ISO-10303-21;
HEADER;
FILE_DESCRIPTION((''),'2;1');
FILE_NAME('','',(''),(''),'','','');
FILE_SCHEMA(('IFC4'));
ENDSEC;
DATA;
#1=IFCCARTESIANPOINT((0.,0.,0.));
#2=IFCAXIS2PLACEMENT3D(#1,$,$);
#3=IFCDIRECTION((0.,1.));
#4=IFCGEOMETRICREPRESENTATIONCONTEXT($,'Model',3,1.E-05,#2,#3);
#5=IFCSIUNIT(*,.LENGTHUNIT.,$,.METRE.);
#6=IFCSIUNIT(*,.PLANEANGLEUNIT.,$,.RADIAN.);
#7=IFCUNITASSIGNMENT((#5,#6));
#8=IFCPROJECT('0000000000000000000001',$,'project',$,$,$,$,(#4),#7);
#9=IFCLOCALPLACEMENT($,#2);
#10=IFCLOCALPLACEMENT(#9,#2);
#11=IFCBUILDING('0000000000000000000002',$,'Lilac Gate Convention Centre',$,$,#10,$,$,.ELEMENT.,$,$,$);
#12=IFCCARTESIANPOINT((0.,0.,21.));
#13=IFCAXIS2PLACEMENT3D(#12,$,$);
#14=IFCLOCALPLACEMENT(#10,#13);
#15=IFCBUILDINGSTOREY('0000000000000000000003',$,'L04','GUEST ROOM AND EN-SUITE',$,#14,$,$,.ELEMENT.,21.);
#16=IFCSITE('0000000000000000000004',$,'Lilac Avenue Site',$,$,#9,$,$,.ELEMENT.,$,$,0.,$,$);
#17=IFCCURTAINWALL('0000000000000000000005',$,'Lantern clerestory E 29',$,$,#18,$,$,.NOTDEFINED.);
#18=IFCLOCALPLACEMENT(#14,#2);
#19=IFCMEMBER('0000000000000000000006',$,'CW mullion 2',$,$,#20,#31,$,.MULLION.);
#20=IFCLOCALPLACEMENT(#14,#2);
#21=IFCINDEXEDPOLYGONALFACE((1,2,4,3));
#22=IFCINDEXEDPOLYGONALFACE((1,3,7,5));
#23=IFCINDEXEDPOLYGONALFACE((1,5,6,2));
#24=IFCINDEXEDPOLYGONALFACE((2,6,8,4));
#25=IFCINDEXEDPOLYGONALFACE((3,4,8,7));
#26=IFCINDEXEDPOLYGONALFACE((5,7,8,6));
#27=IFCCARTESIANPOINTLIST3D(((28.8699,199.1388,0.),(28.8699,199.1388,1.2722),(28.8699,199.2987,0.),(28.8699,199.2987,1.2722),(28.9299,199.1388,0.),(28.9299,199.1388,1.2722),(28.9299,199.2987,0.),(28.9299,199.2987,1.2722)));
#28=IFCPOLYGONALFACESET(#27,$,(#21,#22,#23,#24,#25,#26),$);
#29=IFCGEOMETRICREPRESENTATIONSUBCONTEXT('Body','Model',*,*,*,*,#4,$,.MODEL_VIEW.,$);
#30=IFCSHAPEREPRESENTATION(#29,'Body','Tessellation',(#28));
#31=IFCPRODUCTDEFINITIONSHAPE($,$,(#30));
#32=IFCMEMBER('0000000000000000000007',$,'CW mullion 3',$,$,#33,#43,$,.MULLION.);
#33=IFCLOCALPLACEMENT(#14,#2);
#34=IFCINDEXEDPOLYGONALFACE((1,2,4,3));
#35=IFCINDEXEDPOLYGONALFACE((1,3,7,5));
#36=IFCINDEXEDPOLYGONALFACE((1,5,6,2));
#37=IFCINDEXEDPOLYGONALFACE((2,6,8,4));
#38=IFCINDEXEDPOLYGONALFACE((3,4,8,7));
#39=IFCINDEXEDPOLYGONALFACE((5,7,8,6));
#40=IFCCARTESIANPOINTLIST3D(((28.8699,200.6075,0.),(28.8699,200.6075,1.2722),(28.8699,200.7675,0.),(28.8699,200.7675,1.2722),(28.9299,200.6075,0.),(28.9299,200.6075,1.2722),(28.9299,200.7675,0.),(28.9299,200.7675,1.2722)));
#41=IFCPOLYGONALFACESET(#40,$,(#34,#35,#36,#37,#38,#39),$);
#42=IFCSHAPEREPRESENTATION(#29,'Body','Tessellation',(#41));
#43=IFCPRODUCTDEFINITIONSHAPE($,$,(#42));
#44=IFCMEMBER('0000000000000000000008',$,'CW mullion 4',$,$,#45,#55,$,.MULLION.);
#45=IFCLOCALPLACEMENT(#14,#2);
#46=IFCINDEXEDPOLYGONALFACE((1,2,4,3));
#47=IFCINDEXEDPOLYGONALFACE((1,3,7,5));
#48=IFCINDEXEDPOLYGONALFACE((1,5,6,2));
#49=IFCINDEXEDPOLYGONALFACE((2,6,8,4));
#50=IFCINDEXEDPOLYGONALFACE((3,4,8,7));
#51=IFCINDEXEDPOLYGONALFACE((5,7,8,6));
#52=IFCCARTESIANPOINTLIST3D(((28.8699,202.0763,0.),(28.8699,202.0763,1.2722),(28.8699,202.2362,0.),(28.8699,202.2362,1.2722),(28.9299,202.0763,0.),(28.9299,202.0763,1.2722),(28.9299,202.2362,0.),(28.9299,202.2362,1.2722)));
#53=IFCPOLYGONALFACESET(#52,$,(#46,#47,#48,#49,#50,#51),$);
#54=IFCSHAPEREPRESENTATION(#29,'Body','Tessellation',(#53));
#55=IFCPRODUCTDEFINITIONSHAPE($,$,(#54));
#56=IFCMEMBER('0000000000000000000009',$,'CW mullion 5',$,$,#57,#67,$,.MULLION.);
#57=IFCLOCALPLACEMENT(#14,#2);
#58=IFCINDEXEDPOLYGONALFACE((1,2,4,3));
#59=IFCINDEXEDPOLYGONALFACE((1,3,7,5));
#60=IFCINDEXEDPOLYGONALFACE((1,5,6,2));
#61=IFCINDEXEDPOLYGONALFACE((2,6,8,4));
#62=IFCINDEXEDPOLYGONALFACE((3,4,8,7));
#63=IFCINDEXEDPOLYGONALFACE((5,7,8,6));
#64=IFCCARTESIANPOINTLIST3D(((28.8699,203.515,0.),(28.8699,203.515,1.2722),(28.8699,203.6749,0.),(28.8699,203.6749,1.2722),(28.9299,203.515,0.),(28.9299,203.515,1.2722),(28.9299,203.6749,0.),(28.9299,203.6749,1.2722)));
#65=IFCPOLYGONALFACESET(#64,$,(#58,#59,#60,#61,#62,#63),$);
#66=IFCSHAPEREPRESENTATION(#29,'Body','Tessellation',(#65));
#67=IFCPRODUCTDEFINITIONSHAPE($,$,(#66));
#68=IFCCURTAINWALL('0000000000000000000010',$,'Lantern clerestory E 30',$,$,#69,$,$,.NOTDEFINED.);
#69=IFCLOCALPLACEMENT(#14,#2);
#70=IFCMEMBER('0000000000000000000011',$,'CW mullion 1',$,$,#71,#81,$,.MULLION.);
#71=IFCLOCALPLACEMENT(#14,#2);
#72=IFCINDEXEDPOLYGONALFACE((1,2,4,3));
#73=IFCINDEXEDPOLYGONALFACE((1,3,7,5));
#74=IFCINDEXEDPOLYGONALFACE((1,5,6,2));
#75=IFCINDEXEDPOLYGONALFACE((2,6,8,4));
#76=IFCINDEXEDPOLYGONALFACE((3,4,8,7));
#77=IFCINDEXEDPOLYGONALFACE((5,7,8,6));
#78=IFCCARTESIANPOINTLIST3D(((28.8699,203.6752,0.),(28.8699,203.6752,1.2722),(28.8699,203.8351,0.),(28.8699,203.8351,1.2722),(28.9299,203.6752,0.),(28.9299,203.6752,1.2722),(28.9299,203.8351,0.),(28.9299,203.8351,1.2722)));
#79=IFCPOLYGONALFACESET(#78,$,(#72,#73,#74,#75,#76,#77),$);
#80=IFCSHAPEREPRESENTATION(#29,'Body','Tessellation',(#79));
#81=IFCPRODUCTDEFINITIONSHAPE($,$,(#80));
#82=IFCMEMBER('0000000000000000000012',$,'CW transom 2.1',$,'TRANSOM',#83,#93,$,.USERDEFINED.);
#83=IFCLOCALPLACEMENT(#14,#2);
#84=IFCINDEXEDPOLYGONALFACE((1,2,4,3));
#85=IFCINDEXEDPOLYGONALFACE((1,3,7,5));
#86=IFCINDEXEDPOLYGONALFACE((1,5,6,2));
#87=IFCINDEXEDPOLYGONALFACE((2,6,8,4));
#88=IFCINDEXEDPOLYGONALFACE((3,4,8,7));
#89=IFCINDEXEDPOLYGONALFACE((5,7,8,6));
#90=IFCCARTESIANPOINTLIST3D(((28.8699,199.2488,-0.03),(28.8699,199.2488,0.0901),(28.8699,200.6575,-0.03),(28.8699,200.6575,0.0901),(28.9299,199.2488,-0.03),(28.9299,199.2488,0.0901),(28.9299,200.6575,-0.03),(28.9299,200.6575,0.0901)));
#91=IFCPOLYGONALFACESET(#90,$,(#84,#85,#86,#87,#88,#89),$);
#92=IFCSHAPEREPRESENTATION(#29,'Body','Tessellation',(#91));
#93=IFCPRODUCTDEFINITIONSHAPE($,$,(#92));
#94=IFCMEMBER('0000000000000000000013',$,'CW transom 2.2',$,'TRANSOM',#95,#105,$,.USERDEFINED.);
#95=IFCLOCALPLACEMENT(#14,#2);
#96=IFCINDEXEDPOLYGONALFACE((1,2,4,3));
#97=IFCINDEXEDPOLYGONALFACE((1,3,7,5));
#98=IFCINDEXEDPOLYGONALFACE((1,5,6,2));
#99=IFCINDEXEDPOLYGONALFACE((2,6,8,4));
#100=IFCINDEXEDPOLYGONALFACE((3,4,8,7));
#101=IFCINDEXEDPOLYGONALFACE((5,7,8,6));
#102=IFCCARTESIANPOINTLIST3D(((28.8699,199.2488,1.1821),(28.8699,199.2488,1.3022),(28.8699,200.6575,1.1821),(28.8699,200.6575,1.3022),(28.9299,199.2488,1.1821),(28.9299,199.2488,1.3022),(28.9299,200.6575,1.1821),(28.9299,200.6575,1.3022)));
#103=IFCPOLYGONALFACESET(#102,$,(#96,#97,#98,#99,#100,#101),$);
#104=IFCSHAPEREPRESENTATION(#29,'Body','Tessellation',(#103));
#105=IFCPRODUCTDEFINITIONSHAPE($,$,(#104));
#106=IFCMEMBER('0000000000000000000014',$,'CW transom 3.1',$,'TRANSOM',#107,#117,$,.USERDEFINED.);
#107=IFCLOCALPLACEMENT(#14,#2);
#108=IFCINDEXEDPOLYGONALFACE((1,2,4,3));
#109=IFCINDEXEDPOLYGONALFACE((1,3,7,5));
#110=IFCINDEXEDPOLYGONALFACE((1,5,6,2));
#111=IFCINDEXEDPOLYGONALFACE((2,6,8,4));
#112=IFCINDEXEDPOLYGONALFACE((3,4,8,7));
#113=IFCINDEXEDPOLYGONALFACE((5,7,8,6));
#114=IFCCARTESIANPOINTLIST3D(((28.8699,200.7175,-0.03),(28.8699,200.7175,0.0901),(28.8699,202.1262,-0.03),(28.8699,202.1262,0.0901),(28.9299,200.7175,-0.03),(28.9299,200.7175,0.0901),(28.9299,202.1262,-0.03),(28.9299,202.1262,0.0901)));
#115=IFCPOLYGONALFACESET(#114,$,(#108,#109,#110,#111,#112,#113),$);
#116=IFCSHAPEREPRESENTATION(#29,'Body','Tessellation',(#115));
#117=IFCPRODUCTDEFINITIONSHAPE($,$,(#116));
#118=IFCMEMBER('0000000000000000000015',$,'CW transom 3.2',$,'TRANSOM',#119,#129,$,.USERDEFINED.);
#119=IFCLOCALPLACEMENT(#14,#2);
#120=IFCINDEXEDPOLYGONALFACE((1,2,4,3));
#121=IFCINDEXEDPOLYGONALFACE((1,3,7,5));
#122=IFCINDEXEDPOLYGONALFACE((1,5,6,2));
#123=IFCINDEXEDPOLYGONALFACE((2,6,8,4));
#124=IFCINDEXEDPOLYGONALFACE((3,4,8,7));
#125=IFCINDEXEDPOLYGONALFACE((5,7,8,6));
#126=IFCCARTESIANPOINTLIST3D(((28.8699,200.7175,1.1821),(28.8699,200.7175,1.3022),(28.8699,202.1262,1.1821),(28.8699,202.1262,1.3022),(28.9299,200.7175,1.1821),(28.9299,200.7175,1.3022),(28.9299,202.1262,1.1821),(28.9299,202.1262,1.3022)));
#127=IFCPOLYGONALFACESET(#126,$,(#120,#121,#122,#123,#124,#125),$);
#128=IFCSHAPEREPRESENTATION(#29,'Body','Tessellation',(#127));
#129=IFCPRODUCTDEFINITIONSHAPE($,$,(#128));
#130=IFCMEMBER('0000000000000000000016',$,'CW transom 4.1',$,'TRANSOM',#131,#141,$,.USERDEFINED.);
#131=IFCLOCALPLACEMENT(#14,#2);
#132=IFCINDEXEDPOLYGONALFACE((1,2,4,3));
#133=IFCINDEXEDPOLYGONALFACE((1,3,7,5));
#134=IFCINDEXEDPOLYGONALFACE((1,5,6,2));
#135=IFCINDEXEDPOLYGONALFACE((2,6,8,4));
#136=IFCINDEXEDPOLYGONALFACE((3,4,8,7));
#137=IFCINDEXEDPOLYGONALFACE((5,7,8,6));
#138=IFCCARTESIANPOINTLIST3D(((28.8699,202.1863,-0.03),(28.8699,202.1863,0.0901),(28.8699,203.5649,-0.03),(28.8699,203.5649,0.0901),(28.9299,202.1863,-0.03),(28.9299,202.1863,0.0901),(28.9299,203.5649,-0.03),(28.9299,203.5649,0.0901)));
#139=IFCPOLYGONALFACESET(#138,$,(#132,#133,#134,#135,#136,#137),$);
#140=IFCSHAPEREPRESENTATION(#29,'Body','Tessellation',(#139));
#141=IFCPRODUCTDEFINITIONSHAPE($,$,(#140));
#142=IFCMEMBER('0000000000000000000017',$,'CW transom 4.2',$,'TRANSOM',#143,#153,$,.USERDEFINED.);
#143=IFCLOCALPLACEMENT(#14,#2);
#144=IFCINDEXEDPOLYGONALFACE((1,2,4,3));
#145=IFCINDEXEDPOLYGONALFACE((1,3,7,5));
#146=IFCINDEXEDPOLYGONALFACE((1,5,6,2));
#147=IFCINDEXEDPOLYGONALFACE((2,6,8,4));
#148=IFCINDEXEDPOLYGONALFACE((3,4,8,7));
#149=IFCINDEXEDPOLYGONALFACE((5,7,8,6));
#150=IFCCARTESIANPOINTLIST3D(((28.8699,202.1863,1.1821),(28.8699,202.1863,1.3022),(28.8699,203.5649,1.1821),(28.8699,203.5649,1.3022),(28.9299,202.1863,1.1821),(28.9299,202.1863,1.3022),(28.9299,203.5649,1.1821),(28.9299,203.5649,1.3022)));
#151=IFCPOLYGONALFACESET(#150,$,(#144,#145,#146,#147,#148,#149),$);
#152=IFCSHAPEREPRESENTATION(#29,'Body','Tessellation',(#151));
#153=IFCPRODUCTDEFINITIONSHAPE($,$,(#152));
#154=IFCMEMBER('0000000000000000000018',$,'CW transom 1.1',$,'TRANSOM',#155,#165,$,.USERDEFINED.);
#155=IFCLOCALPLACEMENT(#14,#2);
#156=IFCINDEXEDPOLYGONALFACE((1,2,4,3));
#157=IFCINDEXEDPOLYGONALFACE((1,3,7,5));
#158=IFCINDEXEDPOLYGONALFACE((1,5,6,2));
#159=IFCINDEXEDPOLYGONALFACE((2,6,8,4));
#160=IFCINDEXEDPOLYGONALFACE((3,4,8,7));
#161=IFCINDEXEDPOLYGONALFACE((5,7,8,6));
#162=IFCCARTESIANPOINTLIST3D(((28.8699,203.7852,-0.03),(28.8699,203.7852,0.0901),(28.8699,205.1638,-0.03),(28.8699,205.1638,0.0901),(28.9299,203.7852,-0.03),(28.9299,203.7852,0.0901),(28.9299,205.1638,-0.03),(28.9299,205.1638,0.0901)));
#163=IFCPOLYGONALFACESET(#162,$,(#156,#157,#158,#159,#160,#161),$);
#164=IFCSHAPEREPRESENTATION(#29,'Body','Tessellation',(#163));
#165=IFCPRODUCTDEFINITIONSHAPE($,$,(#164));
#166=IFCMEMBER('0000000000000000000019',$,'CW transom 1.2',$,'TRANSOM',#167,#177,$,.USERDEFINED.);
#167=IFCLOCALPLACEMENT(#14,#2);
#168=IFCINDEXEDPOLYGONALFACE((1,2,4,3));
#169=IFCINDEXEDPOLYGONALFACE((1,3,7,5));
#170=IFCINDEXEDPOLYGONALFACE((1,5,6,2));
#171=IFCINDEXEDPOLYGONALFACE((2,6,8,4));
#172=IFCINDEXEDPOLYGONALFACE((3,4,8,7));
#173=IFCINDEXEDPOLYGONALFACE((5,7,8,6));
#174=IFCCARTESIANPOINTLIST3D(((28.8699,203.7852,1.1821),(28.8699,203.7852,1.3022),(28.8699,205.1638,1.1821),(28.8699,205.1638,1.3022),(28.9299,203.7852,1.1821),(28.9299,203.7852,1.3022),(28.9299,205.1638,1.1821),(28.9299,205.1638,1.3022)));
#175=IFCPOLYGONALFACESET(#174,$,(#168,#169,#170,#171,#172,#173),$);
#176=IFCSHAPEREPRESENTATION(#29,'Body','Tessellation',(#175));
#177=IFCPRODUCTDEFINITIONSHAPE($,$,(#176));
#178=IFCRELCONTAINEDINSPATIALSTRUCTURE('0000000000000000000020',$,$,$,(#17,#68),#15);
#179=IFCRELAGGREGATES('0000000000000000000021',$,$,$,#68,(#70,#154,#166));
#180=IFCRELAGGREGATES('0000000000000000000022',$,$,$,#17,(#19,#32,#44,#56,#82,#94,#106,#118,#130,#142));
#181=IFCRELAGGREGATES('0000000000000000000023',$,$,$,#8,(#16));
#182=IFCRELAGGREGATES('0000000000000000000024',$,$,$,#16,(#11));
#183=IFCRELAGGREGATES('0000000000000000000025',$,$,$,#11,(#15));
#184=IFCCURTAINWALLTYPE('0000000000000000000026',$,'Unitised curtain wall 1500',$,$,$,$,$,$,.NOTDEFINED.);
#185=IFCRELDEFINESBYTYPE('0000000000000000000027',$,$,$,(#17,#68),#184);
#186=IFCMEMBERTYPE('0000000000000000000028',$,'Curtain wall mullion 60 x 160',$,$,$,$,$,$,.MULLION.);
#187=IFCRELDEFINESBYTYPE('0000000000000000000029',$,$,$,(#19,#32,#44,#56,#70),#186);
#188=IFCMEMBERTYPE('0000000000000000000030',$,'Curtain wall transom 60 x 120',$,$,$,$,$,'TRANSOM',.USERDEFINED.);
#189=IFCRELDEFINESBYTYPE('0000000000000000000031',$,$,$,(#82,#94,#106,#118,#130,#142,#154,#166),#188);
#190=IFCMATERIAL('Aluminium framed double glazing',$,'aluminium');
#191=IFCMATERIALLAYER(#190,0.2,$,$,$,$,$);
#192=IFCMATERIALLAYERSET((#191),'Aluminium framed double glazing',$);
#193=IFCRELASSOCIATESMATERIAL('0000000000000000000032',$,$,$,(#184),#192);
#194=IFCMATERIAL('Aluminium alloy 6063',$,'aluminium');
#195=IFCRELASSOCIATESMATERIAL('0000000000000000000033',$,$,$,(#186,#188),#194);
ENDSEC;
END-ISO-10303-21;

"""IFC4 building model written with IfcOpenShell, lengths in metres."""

from ifc_helpers import new_model, si_unit, direction, frame, origin, origin_2d, place, context, subcontext, project, spatial, rectangle, extrude, material, layer, layer_set, material_profile, profile_set, type_object, element, aggregate, save


model = new_model("IFC4")

# Units and contexts
model_context = context("Model", 3, precision=1e-05, world=origin(), true_north=direction((0.0, 1.0)))
body_context = subcontext(model_context, "Body", "Model", "MODEL_VIEW")
ifc_project = project(units=[si_unit("LENGTHUNIT", "METRE"), si_unit("PLANEANGLEUNIT", "RADIAN")], contexts=[model_context])

# Site, building, storey
site_placement = place(None, origin())
site = spatial("IfcSite", under=ifc_project, at=site_placement, Name="Lilac Avenue Site", CompositionType="ELEMENT", RefElevation=0.0)
building_placement = place(site_placement, origin())
building = spatial("IfcBuilding", under=site, at=building_placement, Name="Lilac Gate Convention Centre", CompositionType="ELEMENT")
storey_placement = place(building_placement, frame((0.0, 0.0, 21.0)))
storey = spatial("IfcBuildingStorey", under=building, at=storey_placement, Name="L04", Description="GUEST ROOM AND EN-SUITE", CompositionType="ELEMENT", Elevation=21.0)

# Curtain wall, members
ifc_material_1 = material(Name="Aluminium framed double glazing", Category="aluminium")
ifc_layer_1 = layer(ifc_material_1, 0.2)
ifc_layer_set_1 = layer_set([ifc_layer_1], Name="Aluminium framed double glazing")
curtain_wall_type = type_object("IfcCurtainWallType", Name="Unitised curtain wall 1500", PredefinedType="NOTDEFINED", material=ifc_layer_set_1)
curtain_wall_1_placement = place(storey_placement, origin())
curtain_wall_1 = element("IfcCurtainWall", 1, at=curtain_wall_1_placement, inside=storey, type_object=curtain_wall_type, Name="Lantern clerestory E 29", PredefinedType="NOTDEFINED")
ifc_material_2 = material(Name="Aluminium alloy 6063", Category="aluminium")
ifc_material_profile_1 = material_profile(ifc_material_2, rectangle(XDim=0.0601, YDim=0.1599, at=origin_2d()), Name="Curtain wall mullion 60 x 160")
ifc_profile_set_1 = profile_set([ifc_material_profile_1], Name="Aluminium alloy 6063")
member_type_1 = type_object("IfcMemberType", Name="Curtain wall mullion 60 x 160", PredefinedType="MULLION", material=ifc_profile_set_1)
member_1_placement = place(storey_placement, frame((28.8999, 199.2188, 0.0), z_axis=(0.0, 0.0, 1.0), x_axis=(-1.0, 0.0, 0.0)))
member_1 = element("IfcMember", 2, at=member_1_placement, type_object=member_type_1, Name="CW mullion 2", PredefinedType="MULLION", context=body_context, shape_type="SweptSolid", body=[
    extrude(rectangle(XDim=0.0601, YDim=0.1599, at=origin_2d()), origin(), (0.0, 0.0, 1.0), 1.2722),
])
member_2_placement = place(storey_placement, frame((28.8999, 200.6875, 0.0), z_axis=(0.0, 0.0, 1.0), x_axis=(-1.0, 0.0, 0.0)))
member_2 = element("IfcMember", 3, at=member_2_placement, type_object=member_type_1, Name="CW mullion 3", PredefinedType="MULLION", context=body_context, shape_type="SweptSolid", body=[
    extrude(rectangle(XDim=0.0601, YDim=0.1599, at=origin_2d()), origin(), (0.0, 0.0, 1.0), 1.2722),
])
member_3_placement = place(storey_placement, frame((28.8999, 202.1562, 0.0), z_axis=(0.0, 0.0, 1.0), x_axis=(-1.0, 0.0, 0.0)))
member_3 = element("IfcMember", 4, at=member_3_placement, type_object=member_type_1, Name="CW mullion 4", PredefinedType="MULLION", context=body_context, shape_type="SweptSolid", body=[
    extrude(rectangle(XDim=0.0601, YDim=0.1599, at=origin_2d()), origin(), (0.0, 0.0, 1.0), 1.2722),
])
member_4_placement = place(storey_placement, frame((28.8999, 203.595, 0.0), z_axis=(0.0, 0.0, 1.0), x_axis=(-1.0, 0.0, 0.0)))
member_4 = element("IfcMember", 5, at=member_4_placement, type_object=member_type_1, Name="CW mullion 5", PredefinedType="MULLION", context=body_context, shape_type="SweptSolid", body=[
    extrude(rectangle(XDim=0.0601, YDim=0.1599, at=origin_2d()), origin(), (0.0, 0.0, 1.0), 1.2722),
])

# Curtain wall, member
curtain_wall_2_placement = place(storey_placement, origin())
curtain_wall_2 = element("IfcCurtainWall", 6, at=curtain_wall_2_placement, inside=storey, type_object=curtain_wall_type, Name="Lantern clerestory E 30", PredefinedType="NOTDEFINED")
member_5_placement = place(storey_placement, frame((28.8999, 203.7551, 0.0), z_axis=(0.0, 0.0, 1.0), x_axis=(-1.0, 0.0, 0.0)))
member_5 = element("IfcMember", 7, at=member_5_placement, type_object=member_type_1, Name="CW mullion 1", PredefinedType="MULLION", context=body_context, shape_type="SweptSolid", body=[
    extrude(rectangle(XDim=0.0601, YDim=0.1599, at=origin_2d()), origin(), (0.0, 0.0, 1.0), 1.2722),
])

# Members
ifc_material_profile_2 = material_profile(ifc_material_2, rectangle(XDim=0.0601, YDim=0.1201, at=origin_2d()), Name="Curtain wall transom 60 x 120")
ifc_profile_set_2 = profile_set([ifc_material_profile_2], Name="Aluminium alloy 6063")
member_type_2 = type_object("IfcMemberType", Name="Curtain wall transom 60 x 120", ElementType="TRANSOM", PredefinedType="USERDEFINED", material=ifc_profile_set_2)
member_6_placement = place(storey_placement, frame((28.8999, 199.2488, 0.03), z_axis=(0.0, 1.0, 0.0), x_axis=(-1.0, 0.0, 0.0)))
member_6 = element("IfcMember", 8, at=member_6_placement, type_object=member_type_2, Name="CW transom 2.1", ObjectType="TRANSOM", PredefinedType="USERDEFINED", context=body_context, shape_type="SweptSolid", body=[
    extrude(rectangle(XDim=0.0601, YDim=0.1201, at=origin_2d()), origin(), (0.0, 0.0, 1.0), 1.4087),
])
member_7_placement = place(storey_placement, frame((28.8999, 199.2488, 1.2422), z_axis=(0.0, 1.0, 0.0), x_axis=(-1.0, 0.0, 0.0)))
member_7 = element("IfcMember", 9, at=member_7_placement, type_object=member_type_2, Name="CW transom 2.2", ObjectType="TRANSOM", PredefinedType="USERDEFINED", context=body_context, shape_type="SweptSolid", body=[
    extrude(rectangle(XDim=0.0601, YDim=0.1201, at=origin_2d()), origin(), (0.0, 0.0, 1.0), 1.4087),
])
member_8_placement = place(storey_placement, frame((28.8999, 200.7175, 0.03), z_axis=(0.0, 1.0, 0.0), x_axis=(-1.0, 0.0, 0.0)))
member_8 = element("IfcMember", 10, at=member_8_placement, type_object=member_type_2, Name="CW transom 3.1", ObjectType="TRANSOM", PredefinedType="USERDEFINED", context=body_context, shape_type="SweptSolid", body=[
    extrude(rectangle(XDim=0.0601, YDim=0.1201, at=origin_2d()), origin(), (0.0, 0.0, 1.0), 1.4087),
])
member_9_placement = place(storey_placement, frame((28.8999, 200.7175, 1.2422), z_axis=(0.0, 1.0, 0.0), x_axis=(-1.0, 0.0, 0.0)))
member_9 = element("IfcMember", 11, at=member_9_placement, type_object=member_type_2, Name="CW transom 3.2", ObjectType="TRANSOM", PredefinedType="USERDEFINED", context=body_context, shape_type="SweptSolid", body=[
    extrude(rectangle(XDim=0.0601, YDim=0.1201, at=origin_2d()), origin(), (0.0, 0.0, 1.0), 1.4087),
])
member_10_placement = place(storey_placement, frame((28.8999, 202.1863, 0.03), z_axis=(0.0, 1.0, 0.0), x_axis=(-1.0, 0.0, 0.0)))
member_10 = element("IfcMember", 12, at=member_10_placement, type_object=member_type_2, Name="CW transom 4.1", ObjectType="TRANSOM", PredefinedType="USERDEFINED", context=body_context, shape_type="SweptSolid", body=[
    extrude(rectangle(XDim=0.0601, YDim=0.1201, at=origin_2d()), origin(), (0.0, 0.0, 1.0), 1.3787),
])
member_11_placement = place(storey_placement, frame((28.8999, 202.1863, 1.2422), z_axis=(0.0, 1.0, 0.0), x_axis=(-1.0, 0.0, 0.0)))
member_11 = element("IfcMember", 13, at=member_11_placement, type_object=member_type_2, Name="CW transom 4.2", ObjectType="TRANSOM", PredefinedType="USERDEFINED", context=body_context, shape_type="SweptSolid", body=[
    extrude(rectangle(XDim=0.0601, YDim=0.1201, at=origin_2d()), origin(), (0.0, 0.0, 1.0), 1.3787),
])
member_12_placement = place(storey_placement, frame((28.8999, 203.7852, 0.03), z_axis=(0.0, 1.0, 0.0), x_axis=(-1.0, 0.0, 0.0)))
member_12 = element("IfcMember", 14, at=member_12_placement, type_object=member_type_2, Name="CW transom 1.1", ObjectType="TRANSOM", PredefinedType="USERDEFINED", context=body_context, shape_type="SweptSolid", body=[
    extrude(rectangle(XDim=0.0601, YDim=0.1201, at=origin_2d()), origin(), (0.0, 0.0, 1.0), 1.3787),
])
member_13_placement = place(storey_placement, frame((28.8999, 203.7852, 1.2422), z_axis=(0.0, 1.0, 0.0), x_axis=(-1.0, 0.0, 0.0)))
member_13 = element("IfcMember", 15, at=member_13_placement, type_object=member_type_2, Name="CW transom 1.2", ObjectType="TRANSOM", PredefinedType="USERDEFINED", context=body_context, shape_type="SweptSolid", body=[
    extrude(rectangle(XDim=0.0601, YDim=0.1201, at=origin_2d()), origin(), (0.0, 0.0, 1.0), 1.3787),
])
aggregate(curtain_wall_2, [member_5, member_12, member_13])

aggregate(curtain_wall_1, [member_1, member_2, member_3, member_4, member_6, member_7, member_8, member_9, member_10, member_11])

save(model, "model.ifc")
